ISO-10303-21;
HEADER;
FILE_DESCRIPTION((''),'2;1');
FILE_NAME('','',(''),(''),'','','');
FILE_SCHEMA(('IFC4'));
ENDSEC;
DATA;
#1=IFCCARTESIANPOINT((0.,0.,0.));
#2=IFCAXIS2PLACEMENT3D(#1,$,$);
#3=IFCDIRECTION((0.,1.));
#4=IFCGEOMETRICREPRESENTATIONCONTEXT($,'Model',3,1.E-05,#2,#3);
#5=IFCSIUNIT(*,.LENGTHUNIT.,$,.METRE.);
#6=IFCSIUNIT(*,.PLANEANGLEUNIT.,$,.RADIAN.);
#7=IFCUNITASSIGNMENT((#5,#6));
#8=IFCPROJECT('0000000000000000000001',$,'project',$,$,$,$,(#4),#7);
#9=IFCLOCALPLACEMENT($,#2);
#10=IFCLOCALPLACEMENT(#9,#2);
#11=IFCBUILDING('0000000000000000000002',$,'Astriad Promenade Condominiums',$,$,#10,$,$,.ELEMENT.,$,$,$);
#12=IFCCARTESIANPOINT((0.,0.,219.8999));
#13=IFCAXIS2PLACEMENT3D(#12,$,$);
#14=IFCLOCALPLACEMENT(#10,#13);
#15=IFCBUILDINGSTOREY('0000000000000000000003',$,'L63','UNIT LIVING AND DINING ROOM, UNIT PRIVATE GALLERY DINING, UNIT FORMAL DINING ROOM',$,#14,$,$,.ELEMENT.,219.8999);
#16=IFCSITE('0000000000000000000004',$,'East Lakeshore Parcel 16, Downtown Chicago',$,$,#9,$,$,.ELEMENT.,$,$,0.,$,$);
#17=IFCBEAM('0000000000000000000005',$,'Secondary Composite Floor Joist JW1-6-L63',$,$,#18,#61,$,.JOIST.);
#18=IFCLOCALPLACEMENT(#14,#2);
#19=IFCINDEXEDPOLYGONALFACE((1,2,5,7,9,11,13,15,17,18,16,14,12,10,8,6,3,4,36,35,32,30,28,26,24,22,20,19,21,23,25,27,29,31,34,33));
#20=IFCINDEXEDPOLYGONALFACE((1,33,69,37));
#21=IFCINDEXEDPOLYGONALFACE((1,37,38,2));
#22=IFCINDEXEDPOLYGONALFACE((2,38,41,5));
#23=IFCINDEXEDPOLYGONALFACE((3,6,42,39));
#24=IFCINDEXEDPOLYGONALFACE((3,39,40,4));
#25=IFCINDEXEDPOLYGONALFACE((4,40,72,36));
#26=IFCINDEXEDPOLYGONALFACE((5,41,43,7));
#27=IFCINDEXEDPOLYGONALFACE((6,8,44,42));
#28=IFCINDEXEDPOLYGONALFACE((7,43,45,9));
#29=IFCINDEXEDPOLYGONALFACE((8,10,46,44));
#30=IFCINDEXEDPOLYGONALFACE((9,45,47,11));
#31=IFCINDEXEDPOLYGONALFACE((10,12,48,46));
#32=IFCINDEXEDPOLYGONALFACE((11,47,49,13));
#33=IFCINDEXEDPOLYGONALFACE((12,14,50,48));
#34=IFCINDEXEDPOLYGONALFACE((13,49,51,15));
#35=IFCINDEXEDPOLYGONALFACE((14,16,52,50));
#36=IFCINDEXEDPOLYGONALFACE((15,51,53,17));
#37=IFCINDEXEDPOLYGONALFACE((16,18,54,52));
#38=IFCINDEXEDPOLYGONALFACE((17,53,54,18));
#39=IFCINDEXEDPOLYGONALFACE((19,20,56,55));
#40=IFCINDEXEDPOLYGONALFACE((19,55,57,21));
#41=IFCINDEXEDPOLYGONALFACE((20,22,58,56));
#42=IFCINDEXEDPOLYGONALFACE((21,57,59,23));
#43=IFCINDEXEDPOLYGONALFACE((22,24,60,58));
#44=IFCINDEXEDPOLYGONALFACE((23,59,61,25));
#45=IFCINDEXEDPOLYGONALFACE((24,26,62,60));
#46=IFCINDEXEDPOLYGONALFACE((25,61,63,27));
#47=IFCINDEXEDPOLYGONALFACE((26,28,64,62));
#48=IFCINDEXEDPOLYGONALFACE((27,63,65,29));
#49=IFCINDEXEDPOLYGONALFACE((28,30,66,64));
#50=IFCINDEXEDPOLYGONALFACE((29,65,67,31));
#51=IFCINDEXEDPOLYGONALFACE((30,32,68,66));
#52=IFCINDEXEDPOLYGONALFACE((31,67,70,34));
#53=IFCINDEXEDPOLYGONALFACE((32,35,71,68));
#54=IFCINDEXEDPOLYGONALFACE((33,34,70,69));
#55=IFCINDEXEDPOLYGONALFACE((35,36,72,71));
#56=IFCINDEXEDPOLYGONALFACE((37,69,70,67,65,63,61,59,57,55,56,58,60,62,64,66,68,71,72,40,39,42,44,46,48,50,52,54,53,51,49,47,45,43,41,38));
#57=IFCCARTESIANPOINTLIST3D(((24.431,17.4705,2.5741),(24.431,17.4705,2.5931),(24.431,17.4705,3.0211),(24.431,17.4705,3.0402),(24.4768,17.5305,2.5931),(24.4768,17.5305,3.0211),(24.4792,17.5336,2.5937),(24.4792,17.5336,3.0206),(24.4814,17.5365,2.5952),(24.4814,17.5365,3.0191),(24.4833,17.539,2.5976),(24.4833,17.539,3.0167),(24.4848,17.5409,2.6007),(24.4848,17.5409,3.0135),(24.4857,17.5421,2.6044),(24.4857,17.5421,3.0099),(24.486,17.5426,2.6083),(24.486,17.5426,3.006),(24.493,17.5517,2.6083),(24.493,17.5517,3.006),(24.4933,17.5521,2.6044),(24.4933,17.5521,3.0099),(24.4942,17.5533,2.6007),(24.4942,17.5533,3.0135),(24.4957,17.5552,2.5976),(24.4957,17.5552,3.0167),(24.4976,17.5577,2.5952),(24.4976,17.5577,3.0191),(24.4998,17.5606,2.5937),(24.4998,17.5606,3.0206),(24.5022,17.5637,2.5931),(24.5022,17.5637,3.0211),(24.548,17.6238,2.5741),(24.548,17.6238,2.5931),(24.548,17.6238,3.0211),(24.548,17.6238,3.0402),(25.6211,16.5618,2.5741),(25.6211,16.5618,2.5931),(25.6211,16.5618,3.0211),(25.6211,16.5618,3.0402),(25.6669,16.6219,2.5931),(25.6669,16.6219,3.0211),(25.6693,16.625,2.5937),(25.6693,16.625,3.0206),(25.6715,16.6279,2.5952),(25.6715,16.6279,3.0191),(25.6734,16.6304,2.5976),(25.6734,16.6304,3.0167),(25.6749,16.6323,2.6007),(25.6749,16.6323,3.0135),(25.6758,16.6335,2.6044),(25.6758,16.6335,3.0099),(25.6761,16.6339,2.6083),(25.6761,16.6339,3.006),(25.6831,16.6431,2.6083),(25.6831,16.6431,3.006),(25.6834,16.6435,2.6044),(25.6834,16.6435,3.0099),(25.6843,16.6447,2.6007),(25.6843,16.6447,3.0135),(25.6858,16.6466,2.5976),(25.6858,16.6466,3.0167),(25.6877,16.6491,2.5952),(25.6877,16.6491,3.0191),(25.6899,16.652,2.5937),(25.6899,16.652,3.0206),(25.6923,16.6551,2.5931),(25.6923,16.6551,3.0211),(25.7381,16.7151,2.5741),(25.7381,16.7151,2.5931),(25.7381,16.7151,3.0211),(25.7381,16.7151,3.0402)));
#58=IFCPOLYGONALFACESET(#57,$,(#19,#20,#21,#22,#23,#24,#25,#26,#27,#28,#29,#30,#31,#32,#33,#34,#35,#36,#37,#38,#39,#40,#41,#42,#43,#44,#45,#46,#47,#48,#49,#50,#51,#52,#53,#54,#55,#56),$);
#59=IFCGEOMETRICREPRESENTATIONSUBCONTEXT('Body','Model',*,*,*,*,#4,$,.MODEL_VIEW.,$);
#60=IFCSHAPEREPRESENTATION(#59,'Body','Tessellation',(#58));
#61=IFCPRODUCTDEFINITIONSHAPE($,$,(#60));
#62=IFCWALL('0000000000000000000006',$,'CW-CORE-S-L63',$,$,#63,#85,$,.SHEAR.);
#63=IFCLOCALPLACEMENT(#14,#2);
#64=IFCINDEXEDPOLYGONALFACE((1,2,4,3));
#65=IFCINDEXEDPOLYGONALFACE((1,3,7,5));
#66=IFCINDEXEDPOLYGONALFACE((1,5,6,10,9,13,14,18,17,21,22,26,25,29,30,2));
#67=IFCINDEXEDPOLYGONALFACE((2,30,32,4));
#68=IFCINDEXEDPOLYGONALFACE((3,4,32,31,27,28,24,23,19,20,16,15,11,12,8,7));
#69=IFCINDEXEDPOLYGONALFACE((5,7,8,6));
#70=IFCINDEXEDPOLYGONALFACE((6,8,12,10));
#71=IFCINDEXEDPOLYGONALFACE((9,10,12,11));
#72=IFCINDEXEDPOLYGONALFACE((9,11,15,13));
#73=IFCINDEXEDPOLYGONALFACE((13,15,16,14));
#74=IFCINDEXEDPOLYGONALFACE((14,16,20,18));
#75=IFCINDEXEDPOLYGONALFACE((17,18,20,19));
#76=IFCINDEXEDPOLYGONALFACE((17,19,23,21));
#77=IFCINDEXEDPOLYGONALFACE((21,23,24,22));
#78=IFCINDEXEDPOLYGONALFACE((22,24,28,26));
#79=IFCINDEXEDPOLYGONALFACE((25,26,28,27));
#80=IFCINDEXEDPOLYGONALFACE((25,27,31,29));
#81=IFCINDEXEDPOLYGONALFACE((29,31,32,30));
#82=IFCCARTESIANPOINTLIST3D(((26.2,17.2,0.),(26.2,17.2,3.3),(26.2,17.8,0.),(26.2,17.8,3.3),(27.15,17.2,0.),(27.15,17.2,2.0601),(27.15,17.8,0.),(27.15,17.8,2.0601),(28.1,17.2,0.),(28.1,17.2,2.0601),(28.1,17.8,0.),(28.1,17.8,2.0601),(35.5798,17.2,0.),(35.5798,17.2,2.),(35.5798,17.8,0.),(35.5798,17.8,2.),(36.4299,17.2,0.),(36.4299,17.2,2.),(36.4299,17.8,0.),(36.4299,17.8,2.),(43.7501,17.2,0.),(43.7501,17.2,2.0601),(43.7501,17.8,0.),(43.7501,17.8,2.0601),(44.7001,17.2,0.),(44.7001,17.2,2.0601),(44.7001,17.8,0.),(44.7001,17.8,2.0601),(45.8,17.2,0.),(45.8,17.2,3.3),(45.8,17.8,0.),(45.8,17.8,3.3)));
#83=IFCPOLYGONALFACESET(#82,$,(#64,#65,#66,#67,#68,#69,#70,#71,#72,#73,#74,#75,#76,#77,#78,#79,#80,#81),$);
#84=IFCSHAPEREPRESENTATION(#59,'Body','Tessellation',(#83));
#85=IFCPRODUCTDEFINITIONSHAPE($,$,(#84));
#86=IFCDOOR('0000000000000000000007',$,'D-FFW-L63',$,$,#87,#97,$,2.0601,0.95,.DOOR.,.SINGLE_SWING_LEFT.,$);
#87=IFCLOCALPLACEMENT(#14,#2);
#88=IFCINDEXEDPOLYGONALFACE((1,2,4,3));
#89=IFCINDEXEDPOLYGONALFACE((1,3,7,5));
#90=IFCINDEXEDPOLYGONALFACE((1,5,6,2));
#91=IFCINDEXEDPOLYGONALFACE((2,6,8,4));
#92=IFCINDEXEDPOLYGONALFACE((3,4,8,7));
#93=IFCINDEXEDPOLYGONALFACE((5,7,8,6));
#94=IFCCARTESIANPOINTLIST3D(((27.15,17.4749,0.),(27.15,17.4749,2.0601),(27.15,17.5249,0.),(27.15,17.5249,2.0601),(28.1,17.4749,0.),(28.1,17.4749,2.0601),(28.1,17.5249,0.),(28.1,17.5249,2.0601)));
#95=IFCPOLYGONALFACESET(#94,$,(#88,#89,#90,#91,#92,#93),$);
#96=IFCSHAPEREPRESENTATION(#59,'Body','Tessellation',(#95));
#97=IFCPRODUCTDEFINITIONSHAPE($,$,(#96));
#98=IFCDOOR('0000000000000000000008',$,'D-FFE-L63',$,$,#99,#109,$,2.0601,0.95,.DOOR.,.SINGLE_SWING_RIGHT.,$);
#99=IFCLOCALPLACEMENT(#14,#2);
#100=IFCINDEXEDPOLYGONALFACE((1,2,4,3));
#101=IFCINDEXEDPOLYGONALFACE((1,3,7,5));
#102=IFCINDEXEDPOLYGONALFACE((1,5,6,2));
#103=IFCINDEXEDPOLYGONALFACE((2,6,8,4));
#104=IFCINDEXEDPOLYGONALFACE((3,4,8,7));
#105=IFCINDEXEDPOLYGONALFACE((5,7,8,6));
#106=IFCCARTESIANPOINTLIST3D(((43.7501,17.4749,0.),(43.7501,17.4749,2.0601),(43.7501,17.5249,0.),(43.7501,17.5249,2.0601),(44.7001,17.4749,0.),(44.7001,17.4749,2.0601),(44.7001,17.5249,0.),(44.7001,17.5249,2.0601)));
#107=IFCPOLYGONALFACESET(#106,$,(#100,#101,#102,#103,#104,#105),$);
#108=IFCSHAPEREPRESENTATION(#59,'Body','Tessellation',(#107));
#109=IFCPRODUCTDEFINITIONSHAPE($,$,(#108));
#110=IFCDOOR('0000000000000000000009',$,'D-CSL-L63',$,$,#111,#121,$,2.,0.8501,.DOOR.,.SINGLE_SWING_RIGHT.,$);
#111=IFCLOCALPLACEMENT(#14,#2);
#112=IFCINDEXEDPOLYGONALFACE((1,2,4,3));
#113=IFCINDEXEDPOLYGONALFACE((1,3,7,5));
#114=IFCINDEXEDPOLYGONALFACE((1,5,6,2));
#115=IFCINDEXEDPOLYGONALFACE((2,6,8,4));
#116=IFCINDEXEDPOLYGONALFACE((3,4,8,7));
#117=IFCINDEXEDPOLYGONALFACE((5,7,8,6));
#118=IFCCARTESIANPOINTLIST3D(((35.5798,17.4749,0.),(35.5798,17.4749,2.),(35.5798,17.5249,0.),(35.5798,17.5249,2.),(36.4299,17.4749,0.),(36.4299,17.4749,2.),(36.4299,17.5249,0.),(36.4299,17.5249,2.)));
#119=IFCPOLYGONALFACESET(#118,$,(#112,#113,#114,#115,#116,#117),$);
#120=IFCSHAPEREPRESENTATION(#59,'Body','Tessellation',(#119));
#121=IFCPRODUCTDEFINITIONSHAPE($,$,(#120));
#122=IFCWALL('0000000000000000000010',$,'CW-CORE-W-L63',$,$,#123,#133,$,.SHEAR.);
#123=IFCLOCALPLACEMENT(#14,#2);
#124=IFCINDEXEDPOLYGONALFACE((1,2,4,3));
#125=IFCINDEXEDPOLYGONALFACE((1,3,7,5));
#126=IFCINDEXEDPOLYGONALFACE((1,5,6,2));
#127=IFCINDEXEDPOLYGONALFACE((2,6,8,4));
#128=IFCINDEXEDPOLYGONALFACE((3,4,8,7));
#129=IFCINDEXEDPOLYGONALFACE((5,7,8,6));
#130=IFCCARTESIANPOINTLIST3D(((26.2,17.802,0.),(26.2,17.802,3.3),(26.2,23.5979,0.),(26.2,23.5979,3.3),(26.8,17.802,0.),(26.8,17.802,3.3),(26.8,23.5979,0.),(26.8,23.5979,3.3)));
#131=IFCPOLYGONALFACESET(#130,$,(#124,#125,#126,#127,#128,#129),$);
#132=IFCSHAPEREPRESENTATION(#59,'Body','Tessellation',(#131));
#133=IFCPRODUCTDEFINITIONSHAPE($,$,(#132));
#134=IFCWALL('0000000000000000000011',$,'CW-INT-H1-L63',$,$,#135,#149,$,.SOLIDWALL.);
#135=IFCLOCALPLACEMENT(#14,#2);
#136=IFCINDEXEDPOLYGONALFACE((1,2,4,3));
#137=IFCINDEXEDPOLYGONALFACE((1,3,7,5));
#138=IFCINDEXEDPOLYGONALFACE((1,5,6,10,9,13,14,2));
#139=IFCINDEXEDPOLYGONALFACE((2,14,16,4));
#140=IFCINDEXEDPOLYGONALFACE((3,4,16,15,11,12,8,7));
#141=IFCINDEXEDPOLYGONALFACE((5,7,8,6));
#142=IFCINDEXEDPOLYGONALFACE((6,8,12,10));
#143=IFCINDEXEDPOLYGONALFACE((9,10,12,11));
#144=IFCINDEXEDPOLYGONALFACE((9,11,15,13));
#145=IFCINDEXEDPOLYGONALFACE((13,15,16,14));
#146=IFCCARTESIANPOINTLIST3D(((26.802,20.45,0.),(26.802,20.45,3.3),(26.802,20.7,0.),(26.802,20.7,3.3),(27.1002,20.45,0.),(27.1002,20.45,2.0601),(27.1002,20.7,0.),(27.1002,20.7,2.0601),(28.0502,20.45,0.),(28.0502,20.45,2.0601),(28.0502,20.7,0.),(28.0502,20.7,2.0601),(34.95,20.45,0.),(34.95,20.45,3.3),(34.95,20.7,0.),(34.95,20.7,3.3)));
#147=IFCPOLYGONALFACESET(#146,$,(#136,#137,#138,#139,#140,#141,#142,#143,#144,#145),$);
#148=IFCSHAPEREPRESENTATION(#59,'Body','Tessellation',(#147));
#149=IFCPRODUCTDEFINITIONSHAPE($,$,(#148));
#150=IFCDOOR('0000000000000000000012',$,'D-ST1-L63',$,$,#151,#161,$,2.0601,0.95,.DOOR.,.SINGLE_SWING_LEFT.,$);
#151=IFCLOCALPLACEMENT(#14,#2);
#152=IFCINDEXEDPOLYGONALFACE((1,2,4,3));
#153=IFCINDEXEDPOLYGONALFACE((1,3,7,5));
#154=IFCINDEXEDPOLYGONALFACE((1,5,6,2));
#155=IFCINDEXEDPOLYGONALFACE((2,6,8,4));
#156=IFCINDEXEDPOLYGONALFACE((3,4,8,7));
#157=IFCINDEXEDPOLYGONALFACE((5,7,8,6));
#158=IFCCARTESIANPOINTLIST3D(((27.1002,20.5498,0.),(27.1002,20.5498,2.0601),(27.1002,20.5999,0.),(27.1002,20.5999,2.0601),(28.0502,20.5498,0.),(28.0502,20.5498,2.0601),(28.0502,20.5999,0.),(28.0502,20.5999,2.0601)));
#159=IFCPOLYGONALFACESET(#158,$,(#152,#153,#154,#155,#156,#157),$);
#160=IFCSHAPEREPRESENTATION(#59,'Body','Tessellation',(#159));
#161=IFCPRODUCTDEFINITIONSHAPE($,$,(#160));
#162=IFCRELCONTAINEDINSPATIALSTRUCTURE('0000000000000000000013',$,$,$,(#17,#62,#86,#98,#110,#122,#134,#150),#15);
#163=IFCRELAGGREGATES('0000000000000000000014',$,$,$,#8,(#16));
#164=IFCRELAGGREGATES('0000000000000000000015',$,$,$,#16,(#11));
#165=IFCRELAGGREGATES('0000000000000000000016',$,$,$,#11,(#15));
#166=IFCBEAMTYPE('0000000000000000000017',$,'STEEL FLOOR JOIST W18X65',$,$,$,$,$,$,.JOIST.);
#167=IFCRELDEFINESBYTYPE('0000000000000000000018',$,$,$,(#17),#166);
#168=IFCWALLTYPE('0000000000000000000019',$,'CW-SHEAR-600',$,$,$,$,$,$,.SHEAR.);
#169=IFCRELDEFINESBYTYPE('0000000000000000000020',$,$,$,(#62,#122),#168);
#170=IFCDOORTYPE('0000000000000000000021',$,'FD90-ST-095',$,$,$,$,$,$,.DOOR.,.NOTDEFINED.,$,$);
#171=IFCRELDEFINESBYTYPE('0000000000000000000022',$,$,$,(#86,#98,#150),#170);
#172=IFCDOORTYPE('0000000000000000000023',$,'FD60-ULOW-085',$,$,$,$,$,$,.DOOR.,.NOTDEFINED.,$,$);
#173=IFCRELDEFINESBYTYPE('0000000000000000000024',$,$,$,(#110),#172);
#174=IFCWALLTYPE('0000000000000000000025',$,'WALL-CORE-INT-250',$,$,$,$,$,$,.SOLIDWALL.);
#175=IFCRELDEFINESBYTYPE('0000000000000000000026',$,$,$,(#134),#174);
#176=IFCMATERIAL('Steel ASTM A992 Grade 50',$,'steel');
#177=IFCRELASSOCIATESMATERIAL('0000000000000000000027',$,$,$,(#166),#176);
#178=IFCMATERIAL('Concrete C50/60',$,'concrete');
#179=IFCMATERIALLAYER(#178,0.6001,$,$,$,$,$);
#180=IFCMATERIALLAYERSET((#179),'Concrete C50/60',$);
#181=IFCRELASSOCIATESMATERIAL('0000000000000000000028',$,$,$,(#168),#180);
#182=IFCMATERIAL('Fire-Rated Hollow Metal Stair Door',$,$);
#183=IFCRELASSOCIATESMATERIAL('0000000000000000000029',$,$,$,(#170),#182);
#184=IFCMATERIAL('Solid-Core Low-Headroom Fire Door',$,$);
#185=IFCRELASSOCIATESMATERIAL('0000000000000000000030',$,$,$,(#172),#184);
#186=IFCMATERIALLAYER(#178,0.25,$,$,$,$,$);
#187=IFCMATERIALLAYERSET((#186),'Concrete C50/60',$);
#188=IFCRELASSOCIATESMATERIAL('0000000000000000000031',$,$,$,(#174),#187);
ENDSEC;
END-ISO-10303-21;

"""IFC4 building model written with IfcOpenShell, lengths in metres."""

from ifc_helpers import new_model, si_unit, direction, frame, frame_2d, origin, origin_2d, place, context, subcontext, project, spatial, rectangle, i_section, extrude, source, transform, mapped, material, layer, layer_set, material_profile, profile_set, type_object, type_shapes, element, fill, save


model = new_model("IFC4")

# Units and contexts
model_context = context("Model", 3, precision=1e-05, world=origin(), true_north=direction((0.0, 1.0)))
body_context = subcontext(model_context, "Body", "Model", "MODEL_VIEW")
ifc_project = project(units=[si_unit("LENGTHUNIT", "METRE"), si_unit("PLANEANGLEUNIT", "RADIAN")], contexts=[model_context])

# Site, building, storey
site_placement = place(None, origin())
site = spatial("IfcSite", under=ifc_project, at=site_placement, Name="East Lakeshore Parcel 16, Downtown Chicago", CompositionType="ELEMENT", RefElevation=0.0)
building_placement = place(site_placement, origin())
building = spatial("IfcBuilding", under=site, at=building_placement, Name="Astriad Promenade Condominiums", CompositionType="ELEMENT")
storey_placement = place(building_placement, frame((0.0, 0.0, 219.8999)))
storey = spatial("IfcBuildingStorey", under=building, at=storey_placement, Name="L63", Description="UNIT LIVING AND DINING ROOM, UNIT PRIVATE GALLERY DINING, UNIT FORMAL DINING ROOM", CompositionType="ELEMENT", Elevation=219.8999)

# Beam
ifc_material_1 = material(Name="Steel ASTM A992 Grade 50", Category="steel")
ifc_material_profile_1 = material_profile(ifc_material_1, i_section(OverallWidth=0.1929, OverallDepth=0.4661, WebThickness=0.0115, FlangeThickness=0.019, FilletRadius=0.0151, at=origin_2d()), Name="W18X65")
ifc_profile_set_1 = profile_set([ifc_material_profile_1], Name="Steel ASTM A992 Grade 50")
beam_type_1 = type_object("IfcBeamType", Name="STEEL FLOOR JOIST W18X65", PredefinedType="JOIST", material=ifc_profile_set_1)
shared_shape_1 = source(origin(), body_context, "Body", "SweptSolid", [
    extrude(i_section(OverallWidth=0.1929, OverallDepth=0.4661, WebThickness=0.0115, FlangeThickness=0.019, FilletRadius=0.0151, at=origin_2d()), origin(), (0.0, 0.0, 1.0), 1.4973),
])
beam_1_placement = place(storey_placement, frame((24.4895, 17.5471, 2.8071), z_axis=(0.794825, -0.606839, 0.0), x_axis=(0.606839, 0.794825, 0.0)))
element("IfcBeam", 1, at=beam_1_placement, inside=storey, type_object=beam_type_1, Name="Secondary Composite Floor Joist JW1-6-L63", PredefinedType="JOIST", context=body_context, shape_type="MappedRepresentation", body=[
    mapped(shared_shape_1, transform((0.0, 0.0, 0.0), scale=1.0)),
])

# Wall, openings, doors
ifc_material_2 = material(Name="Concrete C50/60", Category="concrete")
ifc_layer_1 = layer(ifc_material_2, 0.6001)
ifc_layer_set_1 = layer_set([ifc_layer_1], Name="Concrete C50/60")
wall_type_1 = type_object("IfcWallType", Name="CW-SHEAR-600", PredefinedType="SHEAR", material=ifc_layer_set_1)
wall_1_placement = place(storey_placement, frame((26.2, 17.5, 0.0), z_axis=(0.0, 0.0, 1.0), x_axis=(1.0, 0.0, 0.0)))
wall_1 = element("IfcWall", 2, at=wall_1_placement, inside=storey, type_object=wall_type_1, Name="CW-CORE-S-L63", PredefinedType="SHEAR", context=body_context, shape_type="SweptSolid", body=[
    extrude(rectangle(XDim=19.6001, YDim=0.6001, at=frame_2d((9.8, 0.0))), origin(), (0.0, 0.0, 1.0), 3.3),
])
opening_1_placement = place(wall_1_placement, frame((0.95, 0.0, 0.0)))
opening_1 = element("IfcOpeningElement", 3, at=opening_1_placement, cuts=wall_1, PredefinedType="OPENING", context=body_context, shape_type="SweptSolid", body=[
    extrude(rectangle(XDim=0.95, YDim=2.0601, at=frame_2d((0.4751, 1.03))), frame((0.0, 0.3101, 0.0), z_axis=(0.0, -1.0, 0.0), x_axis=(1.0, 0.0, 0.0)), (0.0, 0.0, 1.0), 0.6201),
])
opening_2_placement = place(wall_1_placement, frame((9.3799, 0.0, 0.0)))
opening_2 = element("IfcOpeningElement", 4, at=opening_2_placement, cuts=wall_1, PredefinedType="OPENING", context=body_context, shape_type="SweptSolid", body=[
    extrude(rectangle(XDim=0.8501, YDim=2.0, at=frame_2d((0.425, 1.0))), frame((0.0, 0.3101, 0.0), z_axis=(0.0, -1.0, 0.0), x_axis=(1.0, 0.0, 0.0)), (0.0, 0.0, 1.0), 0.6201),
])
opening_3_placement = place(wall_1_placement, frame((17.55, 0.0, 0.0)))
opening_3 = element("IfcOpeningElement", 5, at=opening_3_placement, cuts=wall_1, PredefinedType="OPENING", context=body_context, shape_type="SweptSolid", body=[
    extrude(rectangle(XDim=0.95, YDim=2.0601, at=frame_2d((0.4751, 1.03))), frame((0.0, 0.3101, 0.0), z_axis=(0.0, -1.0, 0.0), x_axis=(1.0, 0.0, 0.0)), (0.0, 0.0, 1.0), 0.6201),
])
ifc_material_3 = material(Name="Fire-Rated Hollow Metal Stair Door")
door_type_1 = type_object("IfcDoorType", Name="FD90-ST-095", OperationType="NOTDEFINED", PredefinedType="DOOR", material=ifc_material_3)
shared_shape_2 = source(origin(), body_context, "Body", "SweptSolid", [
    extrude(rectangle(XDim=0.95, YDim=2.0601, at=frame_2d((0.4751, 1.03))), frame((0.0, 0.0249, 0.0), z_axis=(0.0, -1.0, 0.0), x_axis=(1.0, 0.0, 0.0)), (0.0, 0.0, 1.0), 0.05),
])
type_shapes(door_type_1, [shared_shape_2])
door_1_placement = place(opening_1_placement, origin())
door_1 = element("IfcDoor", 6, at=door_1_placement, inside=storey, type_object=door_type_1, Name="D-FFW-L63", OperationType="SINGLE_SWING_LEFT", OverallHeight=2.0601, OverallWidth=0.95, PredefinedType="DOOR", context=body_context, shape_type="MappedRepresentation", body=[
    mapped(shared_shape_2, transform((0.0, 0.0, 0.0), scale=1.0)),
])
fill(opening_1, door_1)
door_2_placement = place(opening_3_placement, origin())
door_2 = element("IfcDoor", 7, at=door_2_placement, inside=storey, type_object=door_type_1, Name="D-FFE-L63", OperationType="SINGLE_SWING_RIGHT", OverallHeight=2.0601, OverallWidth=0.95, PredefinedType="DOOR", context=body_context, shape_type="MappedRepresentation", body=[
    mapped(shared_shape_2, transform((0.0, 0.0, 0.0), scale=1.0)),
])
fill(opening_3, door_2)
ifc_material_4 = material(Name="Solid-Core Low-Headroom Fire Door")
door_type_2 = type_object("IfcDoorType", Name="FD60-ULOW-085", OperationType="NOTDEFINED", PredefinedType="DOOR", material=ifc_material_4)
shared_shape_3 = source(origin(), body_context, "Body", "SweptSolid", [
    extrude(rectangle(XDim=0.8501, YDim=2.0, at=frame_2d((0.425, 1.0))), frame((0.0, 0.0249, 0.0), z_axis=(0.0, -1.0, 0.0), x_axis=(1.0, 0.0, 0.0)), (0.0, 0.0, 1.0), 0.05),
])
type_shapes(door_type_2, [shared_shape_3])
door_3_placement = place(opening_2_placement, origin())
door_3 = element("IfcDoor", 8, at=door_3_placement, inside=storey, type_object=door_type_2, Name="D-CSL-L63", OperationType="SINGLE_SWING_RIGHT", OverallHeight=2.0, OverallWidth=0.8501, PredefinedType="DOOR", context=body_context, shape_type="MappedRepresentation", body=[
    mapped(shared_shape_3, transform((0.0, 0.0, 0.0), scale=1.0)),
])
fill(opening_2, door_3)

# Wall
wall_2_placement = place(storey_placement, frame((26.5, 17.802, 0.0), z_axis=(0.0, 0.0, 1.0), x_axis=(0.0, 1.0, 0.0)))
element("IfcWall", 9, at=wall_2_placement, inside=storey, type_object=wall_type_1, Name="CW-CORE-W-L63", PredefinedType="SHEAR", context=body_context, shape_type="SweptSolid", body=[
    extrude(rectangle(XDim=5.7959, YDim=0.6001, at=frame_2d((2.8979, 0.0))), origin(), (0.0, 0.0, 1.0), 3.3),
])

# Wall, opening, door
ifc_layer_2 = layer(ifc_material_2, 0.25)
ifc_layer_set_2 = layer_set([ifc_layer_2], Name="Concrete C50/60")
wall_type_2 = type_object("IfcWallType", Name="WALL-CORE-INT-250", PredefinedType="SOLIDWALL", material=ifc_layer_set_2)
wall_3_placement = place(storey_placement, frame((26.802, 20.575, 0.0), z_axis=(0.0, 0.0, 1.0), x_axis=(1.0, 0.0, 0.0)))
wall_3 = element("IfcWall", 10, at=wall_3_placement, inside=storey, type_object=wall_type_2, Name="CW-INT-H1-L63", PredefinedType="SOLIDWALL", context=body_context, shape_type="SweptSolid", body=[
    extrude(rectangle(XDim=8.1479, YDim=0.25, at=frame_2d((4.074, 0.0))), origin(), (0.0, 0.0, 1.0), 3.3),
])
opening_4_placement = place(wall_3_placement, frame((0.2981, 0.0, 0.0)))
opening_4 = element("IfcOpeningElement", 11, at=opening_4_placement, cuts=wall_3, PredefinedType="OPENING", context=body_context, shape_type="SweptSolid", body=[
    extrude(rectangle(XDim=0.95, YDim=2.0601, at=frame_2d((0.4751, 1.03))), frame((0.0, 0.135, 0.0), z_axis=(0.0, -1.0, 0.0), x_axis=(1.0, 0.0, 0.0)), (0.0, 0.0, 1.0), 0.27),
])
door_4_placement = place(opening_4_placement, origin())
door_4 = element("IfcDoor", 12, at=door_4_placement, inside=storey, type_object=door_type_1, Name="D-ST1-L63", OperationType="SINGLE_SWING_LEFT", OverallHeight=2.0601, OverallWidth=0.95, PredefinedType="DOOR", context=body_context, shape_type="MappedRepresentation", body=[
    mapped(shared_shape_2, transform((0.0, 0.0, 0.0), scale=1.0)),
])
fill(opening_4, door_4)

save(model, "model.ifc")
